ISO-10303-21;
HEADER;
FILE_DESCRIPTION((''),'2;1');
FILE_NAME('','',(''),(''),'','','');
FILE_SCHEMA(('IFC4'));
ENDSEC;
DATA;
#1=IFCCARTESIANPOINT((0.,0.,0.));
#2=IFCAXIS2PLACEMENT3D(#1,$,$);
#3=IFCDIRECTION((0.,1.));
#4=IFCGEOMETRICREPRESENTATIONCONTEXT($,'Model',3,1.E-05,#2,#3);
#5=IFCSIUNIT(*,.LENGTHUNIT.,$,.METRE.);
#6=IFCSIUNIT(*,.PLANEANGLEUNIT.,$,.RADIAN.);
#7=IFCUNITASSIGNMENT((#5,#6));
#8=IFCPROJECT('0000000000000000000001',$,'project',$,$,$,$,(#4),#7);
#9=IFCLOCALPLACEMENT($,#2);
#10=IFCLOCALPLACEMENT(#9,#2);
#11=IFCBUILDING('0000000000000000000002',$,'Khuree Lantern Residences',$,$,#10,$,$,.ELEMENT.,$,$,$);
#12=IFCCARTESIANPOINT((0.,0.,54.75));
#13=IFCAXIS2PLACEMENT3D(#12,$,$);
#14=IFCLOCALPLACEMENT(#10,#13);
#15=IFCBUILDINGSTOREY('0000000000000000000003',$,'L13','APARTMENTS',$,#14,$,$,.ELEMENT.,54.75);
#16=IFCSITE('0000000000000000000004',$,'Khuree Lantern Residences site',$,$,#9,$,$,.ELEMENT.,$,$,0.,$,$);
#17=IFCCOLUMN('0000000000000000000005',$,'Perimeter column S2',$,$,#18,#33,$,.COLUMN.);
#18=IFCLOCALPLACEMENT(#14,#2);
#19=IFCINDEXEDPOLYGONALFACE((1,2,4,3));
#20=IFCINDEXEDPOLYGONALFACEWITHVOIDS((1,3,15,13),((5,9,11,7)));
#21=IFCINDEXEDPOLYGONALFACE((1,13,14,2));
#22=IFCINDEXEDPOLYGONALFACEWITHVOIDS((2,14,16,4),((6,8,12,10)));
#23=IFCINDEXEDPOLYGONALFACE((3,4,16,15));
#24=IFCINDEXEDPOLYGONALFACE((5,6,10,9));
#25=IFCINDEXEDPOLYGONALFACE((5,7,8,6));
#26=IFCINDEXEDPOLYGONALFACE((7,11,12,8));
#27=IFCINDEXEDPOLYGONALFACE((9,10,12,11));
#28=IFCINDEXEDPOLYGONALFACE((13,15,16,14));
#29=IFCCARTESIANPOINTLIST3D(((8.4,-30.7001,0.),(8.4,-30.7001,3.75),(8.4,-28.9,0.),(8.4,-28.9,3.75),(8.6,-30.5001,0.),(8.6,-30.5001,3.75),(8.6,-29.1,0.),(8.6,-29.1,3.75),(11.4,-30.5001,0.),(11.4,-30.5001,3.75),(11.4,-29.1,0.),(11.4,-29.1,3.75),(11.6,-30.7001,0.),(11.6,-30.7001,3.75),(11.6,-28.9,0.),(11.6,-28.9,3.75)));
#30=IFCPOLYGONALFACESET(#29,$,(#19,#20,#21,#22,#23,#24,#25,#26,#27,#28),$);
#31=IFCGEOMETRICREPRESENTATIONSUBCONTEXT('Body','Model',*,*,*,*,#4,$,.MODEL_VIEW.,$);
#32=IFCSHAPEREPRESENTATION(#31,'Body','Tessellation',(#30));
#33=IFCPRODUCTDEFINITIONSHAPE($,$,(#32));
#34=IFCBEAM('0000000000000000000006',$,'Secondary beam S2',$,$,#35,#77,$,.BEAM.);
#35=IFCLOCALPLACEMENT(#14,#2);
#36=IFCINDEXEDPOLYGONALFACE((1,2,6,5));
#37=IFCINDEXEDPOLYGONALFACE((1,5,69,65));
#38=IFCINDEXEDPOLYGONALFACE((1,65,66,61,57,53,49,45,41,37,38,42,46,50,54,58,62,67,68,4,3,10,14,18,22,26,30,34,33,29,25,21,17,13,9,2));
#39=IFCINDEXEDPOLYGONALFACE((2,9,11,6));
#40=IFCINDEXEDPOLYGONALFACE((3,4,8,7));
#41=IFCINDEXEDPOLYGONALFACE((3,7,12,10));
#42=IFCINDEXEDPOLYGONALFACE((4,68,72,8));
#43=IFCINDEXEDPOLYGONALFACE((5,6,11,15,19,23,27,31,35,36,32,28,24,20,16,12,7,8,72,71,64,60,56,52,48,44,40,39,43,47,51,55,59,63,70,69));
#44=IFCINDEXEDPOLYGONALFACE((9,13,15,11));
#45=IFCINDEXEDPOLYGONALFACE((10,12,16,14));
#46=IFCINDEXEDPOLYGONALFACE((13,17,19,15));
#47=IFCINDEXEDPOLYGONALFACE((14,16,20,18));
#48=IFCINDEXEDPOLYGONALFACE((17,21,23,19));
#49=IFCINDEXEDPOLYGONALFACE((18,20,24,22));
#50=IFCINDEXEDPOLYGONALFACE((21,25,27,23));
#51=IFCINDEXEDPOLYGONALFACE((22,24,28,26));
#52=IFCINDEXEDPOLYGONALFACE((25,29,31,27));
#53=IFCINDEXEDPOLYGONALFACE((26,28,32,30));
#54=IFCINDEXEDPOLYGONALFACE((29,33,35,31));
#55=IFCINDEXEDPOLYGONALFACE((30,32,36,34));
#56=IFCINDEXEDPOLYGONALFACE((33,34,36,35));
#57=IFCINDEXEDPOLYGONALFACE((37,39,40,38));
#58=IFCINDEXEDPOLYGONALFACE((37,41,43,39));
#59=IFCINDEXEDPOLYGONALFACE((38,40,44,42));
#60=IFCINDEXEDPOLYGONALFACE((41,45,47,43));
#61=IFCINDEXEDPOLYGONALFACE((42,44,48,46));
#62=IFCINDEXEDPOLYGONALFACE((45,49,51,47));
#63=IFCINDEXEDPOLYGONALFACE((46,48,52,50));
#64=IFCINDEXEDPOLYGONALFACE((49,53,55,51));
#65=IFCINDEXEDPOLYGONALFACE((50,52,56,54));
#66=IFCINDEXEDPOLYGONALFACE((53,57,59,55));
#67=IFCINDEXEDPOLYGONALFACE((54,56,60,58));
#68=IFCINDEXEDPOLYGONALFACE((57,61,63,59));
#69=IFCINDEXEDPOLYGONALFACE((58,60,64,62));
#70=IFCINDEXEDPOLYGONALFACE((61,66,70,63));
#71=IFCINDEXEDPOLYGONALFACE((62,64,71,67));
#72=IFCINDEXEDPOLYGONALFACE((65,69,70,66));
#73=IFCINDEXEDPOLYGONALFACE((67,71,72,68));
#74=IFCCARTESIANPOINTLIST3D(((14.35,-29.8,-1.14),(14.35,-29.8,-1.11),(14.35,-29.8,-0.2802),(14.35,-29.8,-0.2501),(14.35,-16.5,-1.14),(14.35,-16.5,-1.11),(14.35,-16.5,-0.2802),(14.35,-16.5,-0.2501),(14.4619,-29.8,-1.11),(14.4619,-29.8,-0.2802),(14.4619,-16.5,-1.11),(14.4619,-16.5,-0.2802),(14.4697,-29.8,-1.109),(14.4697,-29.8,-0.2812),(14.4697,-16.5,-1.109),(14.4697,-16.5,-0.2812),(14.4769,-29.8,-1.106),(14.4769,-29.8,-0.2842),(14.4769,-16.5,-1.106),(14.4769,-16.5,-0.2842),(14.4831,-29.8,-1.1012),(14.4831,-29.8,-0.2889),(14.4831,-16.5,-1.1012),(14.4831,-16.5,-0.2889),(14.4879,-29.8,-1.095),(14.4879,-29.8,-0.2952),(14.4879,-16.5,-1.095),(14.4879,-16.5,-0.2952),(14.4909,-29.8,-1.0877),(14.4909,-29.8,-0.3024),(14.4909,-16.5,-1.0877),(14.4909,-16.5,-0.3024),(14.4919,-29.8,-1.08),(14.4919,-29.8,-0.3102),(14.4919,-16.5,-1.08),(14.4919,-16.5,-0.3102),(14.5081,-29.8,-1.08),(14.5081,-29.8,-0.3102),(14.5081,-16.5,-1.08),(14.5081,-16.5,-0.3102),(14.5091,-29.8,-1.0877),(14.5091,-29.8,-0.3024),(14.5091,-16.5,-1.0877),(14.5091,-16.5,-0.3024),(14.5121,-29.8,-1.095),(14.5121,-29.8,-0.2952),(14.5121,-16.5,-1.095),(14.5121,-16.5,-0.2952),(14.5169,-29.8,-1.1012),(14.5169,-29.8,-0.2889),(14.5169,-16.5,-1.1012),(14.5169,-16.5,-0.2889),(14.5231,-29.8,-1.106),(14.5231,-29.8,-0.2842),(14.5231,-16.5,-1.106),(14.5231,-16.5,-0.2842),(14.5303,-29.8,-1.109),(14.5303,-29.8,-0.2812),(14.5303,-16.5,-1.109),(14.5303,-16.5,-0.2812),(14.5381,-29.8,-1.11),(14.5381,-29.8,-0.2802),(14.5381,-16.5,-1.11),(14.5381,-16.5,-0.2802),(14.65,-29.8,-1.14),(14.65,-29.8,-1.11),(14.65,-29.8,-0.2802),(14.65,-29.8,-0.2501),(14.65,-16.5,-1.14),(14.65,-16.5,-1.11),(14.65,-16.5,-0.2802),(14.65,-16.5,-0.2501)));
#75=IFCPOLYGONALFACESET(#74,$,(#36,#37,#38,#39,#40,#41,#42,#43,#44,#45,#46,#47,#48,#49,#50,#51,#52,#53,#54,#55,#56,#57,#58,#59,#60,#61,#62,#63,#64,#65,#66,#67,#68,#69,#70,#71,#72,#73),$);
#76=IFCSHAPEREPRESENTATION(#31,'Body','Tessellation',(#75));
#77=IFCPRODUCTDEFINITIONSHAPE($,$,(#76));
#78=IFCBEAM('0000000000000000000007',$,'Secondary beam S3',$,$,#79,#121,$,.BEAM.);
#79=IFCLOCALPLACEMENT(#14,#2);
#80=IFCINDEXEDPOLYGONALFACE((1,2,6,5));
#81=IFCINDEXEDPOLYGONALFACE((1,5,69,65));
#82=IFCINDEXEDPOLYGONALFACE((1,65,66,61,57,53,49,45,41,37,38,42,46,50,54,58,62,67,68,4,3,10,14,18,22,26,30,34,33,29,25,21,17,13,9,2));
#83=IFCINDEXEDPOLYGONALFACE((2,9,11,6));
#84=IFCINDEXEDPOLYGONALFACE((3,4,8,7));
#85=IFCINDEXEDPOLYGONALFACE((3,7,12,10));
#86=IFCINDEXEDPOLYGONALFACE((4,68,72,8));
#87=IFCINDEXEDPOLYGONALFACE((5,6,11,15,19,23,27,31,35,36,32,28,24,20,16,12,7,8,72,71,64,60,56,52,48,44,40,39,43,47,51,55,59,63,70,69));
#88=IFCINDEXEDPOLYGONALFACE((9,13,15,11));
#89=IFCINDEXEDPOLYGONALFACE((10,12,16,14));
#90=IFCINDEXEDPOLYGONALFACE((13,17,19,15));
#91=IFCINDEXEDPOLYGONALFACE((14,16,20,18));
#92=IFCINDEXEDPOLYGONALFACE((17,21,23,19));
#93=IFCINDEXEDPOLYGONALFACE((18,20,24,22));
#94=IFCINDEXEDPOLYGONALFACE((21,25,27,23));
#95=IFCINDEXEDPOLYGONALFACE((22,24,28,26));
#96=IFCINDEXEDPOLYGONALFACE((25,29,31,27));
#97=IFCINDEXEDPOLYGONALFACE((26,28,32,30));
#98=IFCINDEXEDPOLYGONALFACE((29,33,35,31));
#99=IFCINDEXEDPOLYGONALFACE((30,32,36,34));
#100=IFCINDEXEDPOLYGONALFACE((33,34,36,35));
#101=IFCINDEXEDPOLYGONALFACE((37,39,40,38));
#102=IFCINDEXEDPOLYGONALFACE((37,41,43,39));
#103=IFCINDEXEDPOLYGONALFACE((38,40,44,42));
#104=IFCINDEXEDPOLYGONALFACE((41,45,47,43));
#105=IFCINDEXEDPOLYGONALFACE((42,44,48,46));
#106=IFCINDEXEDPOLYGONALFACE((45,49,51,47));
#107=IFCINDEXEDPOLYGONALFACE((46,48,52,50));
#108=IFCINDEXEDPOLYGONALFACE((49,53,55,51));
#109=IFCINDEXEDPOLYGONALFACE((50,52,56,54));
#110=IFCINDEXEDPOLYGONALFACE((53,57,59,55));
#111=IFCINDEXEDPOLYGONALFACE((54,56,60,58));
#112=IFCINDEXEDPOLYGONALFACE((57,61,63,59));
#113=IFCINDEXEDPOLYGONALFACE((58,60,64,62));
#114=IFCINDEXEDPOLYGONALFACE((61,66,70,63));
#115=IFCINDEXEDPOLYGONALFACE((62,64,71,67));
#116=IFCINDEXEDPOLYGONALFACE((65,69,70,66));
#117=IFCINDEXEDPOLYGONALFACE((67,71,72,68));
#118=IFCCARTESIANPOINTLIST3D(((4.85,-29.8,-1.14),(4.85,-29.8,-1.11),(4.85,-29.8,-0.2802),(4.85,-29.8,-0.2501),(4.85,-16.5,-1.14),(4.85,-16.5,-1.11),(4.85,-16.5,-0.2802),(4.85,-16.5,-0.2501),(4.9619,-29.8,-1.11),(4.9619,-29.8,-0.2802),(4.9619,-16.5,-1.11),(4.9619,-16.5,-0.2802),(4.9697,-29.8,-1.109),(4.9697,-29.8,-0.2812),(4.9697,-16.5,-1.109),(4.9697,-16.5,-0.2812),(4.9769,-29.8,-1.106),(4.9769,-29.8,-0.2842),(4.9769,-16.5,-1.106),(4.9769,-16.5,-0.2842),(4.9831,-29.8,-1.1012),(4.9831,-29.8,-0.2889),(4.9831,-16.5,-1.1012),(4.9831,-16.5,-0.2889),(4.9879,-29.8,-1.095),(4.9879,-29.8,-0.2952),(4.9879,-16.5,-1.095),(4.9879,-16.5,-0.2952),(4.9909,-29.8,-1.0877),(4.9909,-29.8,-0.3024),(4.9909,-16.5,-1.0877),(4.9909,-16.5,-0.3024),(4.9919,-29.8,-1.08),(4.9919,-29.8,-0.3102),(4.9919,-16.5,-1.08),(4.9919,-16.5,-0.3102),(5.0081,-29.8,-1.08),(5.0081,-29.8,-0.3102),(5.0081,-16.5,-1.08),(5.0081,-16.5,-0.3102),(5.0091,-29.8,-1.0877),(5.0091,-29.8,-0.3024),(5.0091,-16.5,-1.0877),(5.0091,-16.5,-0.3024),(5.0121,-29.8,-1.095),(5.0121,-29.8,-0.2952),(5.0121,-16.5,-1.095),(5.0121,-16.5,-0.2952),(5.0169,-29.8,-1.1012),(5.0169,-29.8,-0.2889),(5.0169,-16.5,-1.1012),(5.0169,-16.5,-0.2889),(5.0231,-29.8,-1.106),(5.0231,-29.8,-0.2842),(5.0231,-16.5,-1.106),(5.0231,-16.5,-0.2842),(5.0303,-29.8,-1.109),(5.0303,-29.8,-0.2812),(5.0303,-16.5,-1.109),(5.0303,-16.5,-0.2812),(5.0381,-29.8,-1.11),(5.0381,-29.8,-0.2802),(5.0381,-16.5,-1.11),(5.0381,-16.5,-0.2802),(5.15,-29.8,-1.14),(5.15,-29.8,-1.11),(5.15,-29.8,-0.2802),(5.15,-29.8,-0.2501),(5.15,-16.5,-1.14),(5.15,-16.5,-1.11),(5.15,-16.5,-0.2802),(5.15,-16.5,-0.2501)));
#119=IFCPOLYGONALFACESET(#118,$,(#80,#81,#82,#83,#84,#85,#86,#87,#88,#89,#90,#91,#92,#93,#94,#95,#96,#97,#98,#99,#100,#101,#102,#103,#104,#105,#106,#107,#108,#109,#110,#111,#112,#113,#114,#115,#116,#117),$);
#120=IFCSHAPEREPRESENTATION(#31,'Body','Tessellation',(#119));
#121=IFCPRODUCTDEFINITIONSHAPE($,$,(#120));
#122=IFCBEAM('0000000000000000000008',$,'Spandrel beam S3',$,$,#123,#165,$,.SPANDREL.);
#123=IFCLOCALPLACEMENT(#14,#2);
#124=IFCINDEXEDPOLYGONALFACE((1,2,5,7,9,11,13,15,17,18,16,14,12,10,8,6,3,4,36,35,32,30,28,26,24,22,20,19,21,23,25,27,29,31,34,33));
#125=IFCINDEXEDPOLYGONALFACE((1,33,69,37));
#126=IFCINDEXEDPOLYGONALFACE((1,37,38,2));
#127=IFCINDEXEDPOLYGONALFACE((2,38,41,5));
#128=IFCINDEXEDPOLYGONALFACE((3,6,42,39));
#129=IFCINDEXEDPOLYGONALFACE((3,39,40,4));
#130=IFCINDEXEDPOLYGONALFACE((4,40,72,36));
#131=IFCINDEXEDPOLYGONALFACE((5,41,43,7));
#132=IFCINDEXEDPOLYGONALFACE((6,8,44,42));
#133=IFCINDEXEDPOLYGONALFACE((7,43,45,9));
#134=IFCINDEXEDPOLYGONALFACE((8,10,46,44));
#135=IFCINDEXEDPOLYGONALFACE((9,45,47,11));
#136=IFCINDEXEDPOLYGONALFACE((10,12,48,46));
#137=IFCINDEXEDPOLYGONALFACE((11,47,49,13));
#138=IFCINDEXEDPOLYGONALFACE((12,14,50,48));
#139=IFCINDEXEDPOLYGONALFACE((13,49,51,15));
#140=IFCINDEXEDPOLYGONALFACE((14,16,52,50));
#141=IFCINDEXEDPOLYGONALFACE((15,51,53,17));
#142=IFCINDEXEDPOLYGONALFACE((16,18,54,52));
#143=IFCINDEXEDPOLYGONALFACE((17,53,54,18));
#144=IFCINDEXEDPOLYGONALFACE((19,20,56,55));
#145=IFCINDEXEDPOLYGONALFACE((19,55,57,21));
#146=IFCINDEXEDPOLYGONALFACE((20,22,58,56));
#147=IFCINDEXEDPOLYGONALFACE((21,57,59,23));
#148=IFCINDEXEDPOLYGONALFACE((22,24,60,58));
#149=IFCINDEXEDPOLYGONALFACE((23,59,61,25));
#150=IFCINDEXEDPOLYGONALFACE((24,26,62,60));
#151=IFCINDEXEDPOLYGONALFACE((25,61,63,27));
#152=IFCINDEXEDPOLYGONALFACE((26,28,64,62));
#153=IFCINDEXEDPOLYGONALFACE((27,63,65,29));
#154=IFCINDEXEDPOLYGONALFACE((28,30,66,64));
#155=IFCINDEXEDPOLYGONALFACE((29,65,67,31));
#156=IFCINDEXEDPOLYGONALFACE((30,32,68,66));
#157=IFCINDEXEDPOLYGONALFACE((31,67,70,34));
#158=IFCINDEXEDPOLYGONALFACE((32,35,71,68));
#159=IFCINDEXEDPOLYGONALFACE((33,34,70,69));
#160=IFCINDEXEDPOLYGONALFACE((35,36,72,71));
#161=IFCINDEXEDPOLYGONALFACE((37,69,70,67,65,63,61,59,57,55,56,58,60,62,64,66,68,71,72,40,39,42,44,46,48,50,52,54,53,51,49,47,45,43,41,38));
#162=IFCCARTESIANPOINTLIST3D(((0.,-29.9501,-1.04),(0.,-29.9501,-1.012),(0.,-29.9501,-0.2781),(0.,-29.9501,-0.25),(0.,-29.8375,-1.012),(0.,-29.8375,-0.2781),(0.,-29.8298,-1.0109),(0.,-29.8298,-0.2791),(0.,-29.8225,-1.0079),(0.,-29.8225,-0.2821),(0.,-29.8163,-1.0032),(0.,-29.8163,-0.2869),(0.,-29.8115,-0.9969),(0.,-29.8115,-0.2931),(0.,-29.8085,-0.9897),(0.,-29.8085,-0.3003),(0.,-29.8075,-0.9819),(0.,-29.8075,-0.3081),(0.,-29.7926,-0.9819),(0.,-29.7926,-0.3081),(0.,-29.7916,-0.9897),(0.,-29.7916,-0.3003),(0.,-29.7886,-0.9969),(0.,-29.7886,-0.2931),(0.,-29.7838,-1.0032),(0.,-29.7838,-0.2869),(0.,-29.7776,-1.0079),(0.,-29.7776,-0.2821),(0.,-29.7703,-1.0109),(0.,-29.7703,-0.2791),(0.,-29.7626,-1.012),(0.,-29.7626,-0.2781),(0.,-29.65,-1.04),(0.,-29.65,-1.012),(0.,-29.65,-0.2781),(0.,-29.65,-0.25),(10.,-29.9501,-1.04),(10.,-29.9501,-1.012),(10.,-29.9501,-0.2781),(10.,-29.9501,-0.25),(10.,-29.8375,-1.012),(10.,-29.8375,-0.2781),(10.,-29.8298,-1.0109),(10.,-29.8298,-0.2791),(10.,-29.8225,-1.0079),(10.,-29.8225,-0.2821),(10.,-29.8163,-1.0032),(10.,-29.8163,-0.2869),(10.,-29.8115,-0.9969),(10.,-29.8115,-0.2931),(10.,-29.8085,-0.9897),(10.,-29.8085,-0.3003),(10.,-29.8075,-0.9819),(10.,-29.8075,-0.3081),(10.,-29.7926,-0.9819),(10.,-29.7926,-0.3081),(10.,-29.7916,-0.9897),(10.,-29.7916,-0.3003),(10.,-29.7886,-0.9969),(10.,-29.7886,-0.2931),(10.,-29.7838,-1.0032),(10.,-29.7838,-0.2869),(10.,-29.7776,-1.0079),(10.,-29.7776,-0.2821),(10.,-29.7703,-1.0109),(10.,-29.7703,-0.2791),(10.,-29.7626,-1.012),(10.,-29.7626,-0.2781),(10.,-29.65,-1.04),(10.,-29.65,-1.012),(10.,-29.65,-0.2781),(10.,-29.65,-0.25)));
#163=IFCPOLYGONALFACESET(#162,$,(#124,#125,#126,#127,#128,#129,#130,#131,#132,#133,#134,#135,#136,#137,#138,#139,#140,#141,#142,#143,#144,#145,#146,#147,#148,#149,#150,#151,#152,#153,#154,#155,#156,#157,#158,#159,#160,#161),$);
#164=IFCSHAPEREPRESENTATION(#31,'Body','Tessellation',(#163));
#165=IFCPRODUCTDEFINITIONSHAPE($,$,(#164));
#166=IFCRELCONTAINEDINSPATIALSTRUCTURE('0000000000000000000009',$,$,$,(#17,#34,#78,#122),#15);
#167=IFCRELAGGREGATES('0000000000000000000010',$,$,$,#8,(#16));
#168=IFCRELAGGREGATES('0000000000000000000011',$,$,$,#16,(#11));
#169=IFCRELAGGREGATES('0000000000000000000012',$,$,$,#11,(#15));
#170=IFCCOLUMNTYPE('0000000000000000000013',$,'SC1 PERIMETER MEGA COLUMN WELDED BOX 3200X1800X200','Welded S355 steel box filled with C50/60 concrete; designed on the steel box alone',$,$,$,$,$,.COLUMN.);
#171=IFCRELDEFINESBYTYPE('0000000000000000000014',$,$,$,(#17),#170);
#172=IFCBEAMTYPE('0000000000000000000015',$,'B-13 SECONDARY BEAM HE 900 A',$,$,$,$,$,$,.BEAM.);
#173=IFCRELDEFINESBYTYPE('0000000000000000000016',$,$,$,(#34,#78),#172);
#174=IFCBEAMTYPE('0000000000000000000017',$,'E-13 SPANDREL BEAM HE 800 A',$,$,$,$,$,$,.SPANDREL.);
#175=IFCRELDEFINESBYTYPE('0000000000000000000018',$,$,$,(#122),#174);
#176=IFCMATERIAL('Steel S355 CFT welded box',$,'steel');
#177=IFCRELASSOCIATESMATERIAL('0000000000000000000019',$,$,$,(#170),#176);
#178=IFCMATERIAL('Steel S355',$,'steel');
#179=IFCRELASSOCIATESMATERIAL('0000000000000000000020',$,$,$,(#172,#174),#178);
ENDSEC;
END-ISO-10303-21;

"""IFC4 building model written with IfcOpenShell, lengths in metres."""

from ifc_helpers import new_model, si_unit, direction, frame, origin, origin_2d, place, context, subcontext, project, spatial, hollow_rectangle, i_section, extrude, material, material_profile, profile_set, type_object, element, save


model = new_model("IFC4")

# Units and contexts
model_context = context("Model", 3, precision=1e-05, world=origin(), true_north=direction((0.0, 1.0)))
body_context = subcontext(model_context, "Body", "Model", "MODEL_VIEW")
ifc_project = project(units=[si_unit("LENGTHUNIT", "METRE"), si_unit("PLANEANGLEUNIT", "RADIAN")], contexts=[model_context])

# Site, building, storey
site_placement = place(None, origin())
site = spatial("IfcSite", under=ifc_project, at=site_placement, Name="Khuree Lantern Residences site", CompositionType="ELEMENT", RefElevation=0.0)
building_placement = place(site_placement, origin())
building = spatial("IfcBuilding", under=site, at=building_placement, Name="Khuree Lantern Residences", CompositionType="ELEMENT")
storey_placement = place(building_placement, frame((0.0, 0.0, 54.75)))
storey = spatial("IfcBuildingStorey", under=building, at=storey_placement, Name="L13", Description="APARTMENTS", CompositionType="ELEMENT", Elevation=54.75)

# Column
ifc_material_1 = material(Name="Steel S355 CFT welded box", Category="steel")
ifc_material_profile_1 = material_profile(ifc_material_1, hollow_rectangle(XDim=3.2, YDim=1.8, WallThickness=0.2, at=origin_2d()), Name="WELDED BOX 3200X1800X200")
ifc_profile_set_1 = profile_set([ifc_material_profile_1], Name="Steel S355 CFT welded box")
column_type = type_object("IfcColumnType", Name="SC1 PERIMETER MEGA COLUMN WELDED BOX 3200X1800X200", Description="Welded S355 steel box filled with C50/60 concrete; designed on the steel box alone", PredefinedType="COLUMN", material=ifc_profile_set_1)
column_placement = place(storey_placement, frame((10.0, -29.8, 0.0), z_axis=(0.0, 0.0, 1.0), x_axis=(1.0, 0.0, 0.0)))
element("IfcColumn", 1, at=column_placement, inside=storey, type_object=column_type, Name="Perimeter column S2", PredefinedType="COLUMN", context=body_context, shape_type="SweptSolid", body=[
    extrude(hollow_rectangle(XDim=3.2, YDim=1.8, WallThickness=0.2, at=origin_2d()), origin(), (0.0, 0.0, 1.0), 3.75),
])

# Beams
ifc_material_2 = material(Name="Steel S355", Category="steel")
ifc_material_profile_2 = material_profile(ifc_material_2, i_section(OverallWidth=0.3, OverallDepth=0.8899, WebThickness=0.0161, FlangeThickness=0.03, FilletRadius=0.03, at=origin_2d()), Name="HE 900 A")
ifc_profile_set_2 = profile_set([ifc_material_profile_2], Name="Steel S355")
beam_type_1 = type_object("IfcBeamType", Name="B-13 SECONDARY BEAM HE 900 A", PredefinedType="BEAM", material=ifc_profile_set_2)
for number, where, z_axis, x_axis, name in (
    (2, (14.5, -29.8, -0.6951), (0.0, 1.0, 0.0), (-1.0, 0.0, 0.0), "Secondary beam S2"),
    (3, (5.0, -29.8, -0.6951), (0.0, 1.0, 0.0), (-1.0, 0.0, 0.0), "Secondary beam S3"),
):
    element("IfcBeam", number, at=place(storey_placement, frame(where, z_axis=z_axis, x_axis=x_axis)), inside=storey, type_object=beam_type_1, Name=name, PredefinedType="BEAM", context=body_context, shape_type="SweptSolid", body=[
        extrude(i_section(OverallWidth=0.3, OverallDepth=0.8899, WebThickness=0.0161, FlangeThickness=0.03, FilletRadius=0.03, at=origin_2d()), origin(), (0.0, 0.0, 1.0), 13.3),
    ])
ifc_material_profile_3 = material_profile(ifc_material_2, i_section(OverallWidth=0.3, OverallDepth=0.79, WebThickness=0.0149, FlangeThickness=0.0281, FilletRadius=0.03, at=origin_2d()), Name="HE 800 A")
ifc_profile_set_3 = profile_set([ifc_material_profile_3], Name="Steel S355")
beam_type_2 = type_object("IfcBeamType", Name="E-13 SPANDREL BEAM HE 800 A", PredefinedType="SPANDREL", material=ifc_profile_set_3)
for number, where, z_axis, x_axis, name in (
    (4, (10.0, -29.8, -0.645), (-1.0, 0.0, 0.0), (0.0, -1.0, 0.0), "Spandrel beam S3"),
):
    element("IfcBeam", number, at=place(storey_placement, frame(where, z_axis=z_axis, x_axis=x_axis)), inside=storey, type_object=beam_type_2, Name=name, PredefinedType="SPANDREL", context=body_context, shape_type="SweptSolid", body=[
        extrude(i_section(OverallWidth=0.3, OverallDepth=0.79, WebThickness=0.0149, FlangeThickness=0.0281, FilletRadius=0.03, at=origin_2d()), origin(), (0.0, 0.0, 1.0), 10.0),
    ])

save(model, "model.ifc")
